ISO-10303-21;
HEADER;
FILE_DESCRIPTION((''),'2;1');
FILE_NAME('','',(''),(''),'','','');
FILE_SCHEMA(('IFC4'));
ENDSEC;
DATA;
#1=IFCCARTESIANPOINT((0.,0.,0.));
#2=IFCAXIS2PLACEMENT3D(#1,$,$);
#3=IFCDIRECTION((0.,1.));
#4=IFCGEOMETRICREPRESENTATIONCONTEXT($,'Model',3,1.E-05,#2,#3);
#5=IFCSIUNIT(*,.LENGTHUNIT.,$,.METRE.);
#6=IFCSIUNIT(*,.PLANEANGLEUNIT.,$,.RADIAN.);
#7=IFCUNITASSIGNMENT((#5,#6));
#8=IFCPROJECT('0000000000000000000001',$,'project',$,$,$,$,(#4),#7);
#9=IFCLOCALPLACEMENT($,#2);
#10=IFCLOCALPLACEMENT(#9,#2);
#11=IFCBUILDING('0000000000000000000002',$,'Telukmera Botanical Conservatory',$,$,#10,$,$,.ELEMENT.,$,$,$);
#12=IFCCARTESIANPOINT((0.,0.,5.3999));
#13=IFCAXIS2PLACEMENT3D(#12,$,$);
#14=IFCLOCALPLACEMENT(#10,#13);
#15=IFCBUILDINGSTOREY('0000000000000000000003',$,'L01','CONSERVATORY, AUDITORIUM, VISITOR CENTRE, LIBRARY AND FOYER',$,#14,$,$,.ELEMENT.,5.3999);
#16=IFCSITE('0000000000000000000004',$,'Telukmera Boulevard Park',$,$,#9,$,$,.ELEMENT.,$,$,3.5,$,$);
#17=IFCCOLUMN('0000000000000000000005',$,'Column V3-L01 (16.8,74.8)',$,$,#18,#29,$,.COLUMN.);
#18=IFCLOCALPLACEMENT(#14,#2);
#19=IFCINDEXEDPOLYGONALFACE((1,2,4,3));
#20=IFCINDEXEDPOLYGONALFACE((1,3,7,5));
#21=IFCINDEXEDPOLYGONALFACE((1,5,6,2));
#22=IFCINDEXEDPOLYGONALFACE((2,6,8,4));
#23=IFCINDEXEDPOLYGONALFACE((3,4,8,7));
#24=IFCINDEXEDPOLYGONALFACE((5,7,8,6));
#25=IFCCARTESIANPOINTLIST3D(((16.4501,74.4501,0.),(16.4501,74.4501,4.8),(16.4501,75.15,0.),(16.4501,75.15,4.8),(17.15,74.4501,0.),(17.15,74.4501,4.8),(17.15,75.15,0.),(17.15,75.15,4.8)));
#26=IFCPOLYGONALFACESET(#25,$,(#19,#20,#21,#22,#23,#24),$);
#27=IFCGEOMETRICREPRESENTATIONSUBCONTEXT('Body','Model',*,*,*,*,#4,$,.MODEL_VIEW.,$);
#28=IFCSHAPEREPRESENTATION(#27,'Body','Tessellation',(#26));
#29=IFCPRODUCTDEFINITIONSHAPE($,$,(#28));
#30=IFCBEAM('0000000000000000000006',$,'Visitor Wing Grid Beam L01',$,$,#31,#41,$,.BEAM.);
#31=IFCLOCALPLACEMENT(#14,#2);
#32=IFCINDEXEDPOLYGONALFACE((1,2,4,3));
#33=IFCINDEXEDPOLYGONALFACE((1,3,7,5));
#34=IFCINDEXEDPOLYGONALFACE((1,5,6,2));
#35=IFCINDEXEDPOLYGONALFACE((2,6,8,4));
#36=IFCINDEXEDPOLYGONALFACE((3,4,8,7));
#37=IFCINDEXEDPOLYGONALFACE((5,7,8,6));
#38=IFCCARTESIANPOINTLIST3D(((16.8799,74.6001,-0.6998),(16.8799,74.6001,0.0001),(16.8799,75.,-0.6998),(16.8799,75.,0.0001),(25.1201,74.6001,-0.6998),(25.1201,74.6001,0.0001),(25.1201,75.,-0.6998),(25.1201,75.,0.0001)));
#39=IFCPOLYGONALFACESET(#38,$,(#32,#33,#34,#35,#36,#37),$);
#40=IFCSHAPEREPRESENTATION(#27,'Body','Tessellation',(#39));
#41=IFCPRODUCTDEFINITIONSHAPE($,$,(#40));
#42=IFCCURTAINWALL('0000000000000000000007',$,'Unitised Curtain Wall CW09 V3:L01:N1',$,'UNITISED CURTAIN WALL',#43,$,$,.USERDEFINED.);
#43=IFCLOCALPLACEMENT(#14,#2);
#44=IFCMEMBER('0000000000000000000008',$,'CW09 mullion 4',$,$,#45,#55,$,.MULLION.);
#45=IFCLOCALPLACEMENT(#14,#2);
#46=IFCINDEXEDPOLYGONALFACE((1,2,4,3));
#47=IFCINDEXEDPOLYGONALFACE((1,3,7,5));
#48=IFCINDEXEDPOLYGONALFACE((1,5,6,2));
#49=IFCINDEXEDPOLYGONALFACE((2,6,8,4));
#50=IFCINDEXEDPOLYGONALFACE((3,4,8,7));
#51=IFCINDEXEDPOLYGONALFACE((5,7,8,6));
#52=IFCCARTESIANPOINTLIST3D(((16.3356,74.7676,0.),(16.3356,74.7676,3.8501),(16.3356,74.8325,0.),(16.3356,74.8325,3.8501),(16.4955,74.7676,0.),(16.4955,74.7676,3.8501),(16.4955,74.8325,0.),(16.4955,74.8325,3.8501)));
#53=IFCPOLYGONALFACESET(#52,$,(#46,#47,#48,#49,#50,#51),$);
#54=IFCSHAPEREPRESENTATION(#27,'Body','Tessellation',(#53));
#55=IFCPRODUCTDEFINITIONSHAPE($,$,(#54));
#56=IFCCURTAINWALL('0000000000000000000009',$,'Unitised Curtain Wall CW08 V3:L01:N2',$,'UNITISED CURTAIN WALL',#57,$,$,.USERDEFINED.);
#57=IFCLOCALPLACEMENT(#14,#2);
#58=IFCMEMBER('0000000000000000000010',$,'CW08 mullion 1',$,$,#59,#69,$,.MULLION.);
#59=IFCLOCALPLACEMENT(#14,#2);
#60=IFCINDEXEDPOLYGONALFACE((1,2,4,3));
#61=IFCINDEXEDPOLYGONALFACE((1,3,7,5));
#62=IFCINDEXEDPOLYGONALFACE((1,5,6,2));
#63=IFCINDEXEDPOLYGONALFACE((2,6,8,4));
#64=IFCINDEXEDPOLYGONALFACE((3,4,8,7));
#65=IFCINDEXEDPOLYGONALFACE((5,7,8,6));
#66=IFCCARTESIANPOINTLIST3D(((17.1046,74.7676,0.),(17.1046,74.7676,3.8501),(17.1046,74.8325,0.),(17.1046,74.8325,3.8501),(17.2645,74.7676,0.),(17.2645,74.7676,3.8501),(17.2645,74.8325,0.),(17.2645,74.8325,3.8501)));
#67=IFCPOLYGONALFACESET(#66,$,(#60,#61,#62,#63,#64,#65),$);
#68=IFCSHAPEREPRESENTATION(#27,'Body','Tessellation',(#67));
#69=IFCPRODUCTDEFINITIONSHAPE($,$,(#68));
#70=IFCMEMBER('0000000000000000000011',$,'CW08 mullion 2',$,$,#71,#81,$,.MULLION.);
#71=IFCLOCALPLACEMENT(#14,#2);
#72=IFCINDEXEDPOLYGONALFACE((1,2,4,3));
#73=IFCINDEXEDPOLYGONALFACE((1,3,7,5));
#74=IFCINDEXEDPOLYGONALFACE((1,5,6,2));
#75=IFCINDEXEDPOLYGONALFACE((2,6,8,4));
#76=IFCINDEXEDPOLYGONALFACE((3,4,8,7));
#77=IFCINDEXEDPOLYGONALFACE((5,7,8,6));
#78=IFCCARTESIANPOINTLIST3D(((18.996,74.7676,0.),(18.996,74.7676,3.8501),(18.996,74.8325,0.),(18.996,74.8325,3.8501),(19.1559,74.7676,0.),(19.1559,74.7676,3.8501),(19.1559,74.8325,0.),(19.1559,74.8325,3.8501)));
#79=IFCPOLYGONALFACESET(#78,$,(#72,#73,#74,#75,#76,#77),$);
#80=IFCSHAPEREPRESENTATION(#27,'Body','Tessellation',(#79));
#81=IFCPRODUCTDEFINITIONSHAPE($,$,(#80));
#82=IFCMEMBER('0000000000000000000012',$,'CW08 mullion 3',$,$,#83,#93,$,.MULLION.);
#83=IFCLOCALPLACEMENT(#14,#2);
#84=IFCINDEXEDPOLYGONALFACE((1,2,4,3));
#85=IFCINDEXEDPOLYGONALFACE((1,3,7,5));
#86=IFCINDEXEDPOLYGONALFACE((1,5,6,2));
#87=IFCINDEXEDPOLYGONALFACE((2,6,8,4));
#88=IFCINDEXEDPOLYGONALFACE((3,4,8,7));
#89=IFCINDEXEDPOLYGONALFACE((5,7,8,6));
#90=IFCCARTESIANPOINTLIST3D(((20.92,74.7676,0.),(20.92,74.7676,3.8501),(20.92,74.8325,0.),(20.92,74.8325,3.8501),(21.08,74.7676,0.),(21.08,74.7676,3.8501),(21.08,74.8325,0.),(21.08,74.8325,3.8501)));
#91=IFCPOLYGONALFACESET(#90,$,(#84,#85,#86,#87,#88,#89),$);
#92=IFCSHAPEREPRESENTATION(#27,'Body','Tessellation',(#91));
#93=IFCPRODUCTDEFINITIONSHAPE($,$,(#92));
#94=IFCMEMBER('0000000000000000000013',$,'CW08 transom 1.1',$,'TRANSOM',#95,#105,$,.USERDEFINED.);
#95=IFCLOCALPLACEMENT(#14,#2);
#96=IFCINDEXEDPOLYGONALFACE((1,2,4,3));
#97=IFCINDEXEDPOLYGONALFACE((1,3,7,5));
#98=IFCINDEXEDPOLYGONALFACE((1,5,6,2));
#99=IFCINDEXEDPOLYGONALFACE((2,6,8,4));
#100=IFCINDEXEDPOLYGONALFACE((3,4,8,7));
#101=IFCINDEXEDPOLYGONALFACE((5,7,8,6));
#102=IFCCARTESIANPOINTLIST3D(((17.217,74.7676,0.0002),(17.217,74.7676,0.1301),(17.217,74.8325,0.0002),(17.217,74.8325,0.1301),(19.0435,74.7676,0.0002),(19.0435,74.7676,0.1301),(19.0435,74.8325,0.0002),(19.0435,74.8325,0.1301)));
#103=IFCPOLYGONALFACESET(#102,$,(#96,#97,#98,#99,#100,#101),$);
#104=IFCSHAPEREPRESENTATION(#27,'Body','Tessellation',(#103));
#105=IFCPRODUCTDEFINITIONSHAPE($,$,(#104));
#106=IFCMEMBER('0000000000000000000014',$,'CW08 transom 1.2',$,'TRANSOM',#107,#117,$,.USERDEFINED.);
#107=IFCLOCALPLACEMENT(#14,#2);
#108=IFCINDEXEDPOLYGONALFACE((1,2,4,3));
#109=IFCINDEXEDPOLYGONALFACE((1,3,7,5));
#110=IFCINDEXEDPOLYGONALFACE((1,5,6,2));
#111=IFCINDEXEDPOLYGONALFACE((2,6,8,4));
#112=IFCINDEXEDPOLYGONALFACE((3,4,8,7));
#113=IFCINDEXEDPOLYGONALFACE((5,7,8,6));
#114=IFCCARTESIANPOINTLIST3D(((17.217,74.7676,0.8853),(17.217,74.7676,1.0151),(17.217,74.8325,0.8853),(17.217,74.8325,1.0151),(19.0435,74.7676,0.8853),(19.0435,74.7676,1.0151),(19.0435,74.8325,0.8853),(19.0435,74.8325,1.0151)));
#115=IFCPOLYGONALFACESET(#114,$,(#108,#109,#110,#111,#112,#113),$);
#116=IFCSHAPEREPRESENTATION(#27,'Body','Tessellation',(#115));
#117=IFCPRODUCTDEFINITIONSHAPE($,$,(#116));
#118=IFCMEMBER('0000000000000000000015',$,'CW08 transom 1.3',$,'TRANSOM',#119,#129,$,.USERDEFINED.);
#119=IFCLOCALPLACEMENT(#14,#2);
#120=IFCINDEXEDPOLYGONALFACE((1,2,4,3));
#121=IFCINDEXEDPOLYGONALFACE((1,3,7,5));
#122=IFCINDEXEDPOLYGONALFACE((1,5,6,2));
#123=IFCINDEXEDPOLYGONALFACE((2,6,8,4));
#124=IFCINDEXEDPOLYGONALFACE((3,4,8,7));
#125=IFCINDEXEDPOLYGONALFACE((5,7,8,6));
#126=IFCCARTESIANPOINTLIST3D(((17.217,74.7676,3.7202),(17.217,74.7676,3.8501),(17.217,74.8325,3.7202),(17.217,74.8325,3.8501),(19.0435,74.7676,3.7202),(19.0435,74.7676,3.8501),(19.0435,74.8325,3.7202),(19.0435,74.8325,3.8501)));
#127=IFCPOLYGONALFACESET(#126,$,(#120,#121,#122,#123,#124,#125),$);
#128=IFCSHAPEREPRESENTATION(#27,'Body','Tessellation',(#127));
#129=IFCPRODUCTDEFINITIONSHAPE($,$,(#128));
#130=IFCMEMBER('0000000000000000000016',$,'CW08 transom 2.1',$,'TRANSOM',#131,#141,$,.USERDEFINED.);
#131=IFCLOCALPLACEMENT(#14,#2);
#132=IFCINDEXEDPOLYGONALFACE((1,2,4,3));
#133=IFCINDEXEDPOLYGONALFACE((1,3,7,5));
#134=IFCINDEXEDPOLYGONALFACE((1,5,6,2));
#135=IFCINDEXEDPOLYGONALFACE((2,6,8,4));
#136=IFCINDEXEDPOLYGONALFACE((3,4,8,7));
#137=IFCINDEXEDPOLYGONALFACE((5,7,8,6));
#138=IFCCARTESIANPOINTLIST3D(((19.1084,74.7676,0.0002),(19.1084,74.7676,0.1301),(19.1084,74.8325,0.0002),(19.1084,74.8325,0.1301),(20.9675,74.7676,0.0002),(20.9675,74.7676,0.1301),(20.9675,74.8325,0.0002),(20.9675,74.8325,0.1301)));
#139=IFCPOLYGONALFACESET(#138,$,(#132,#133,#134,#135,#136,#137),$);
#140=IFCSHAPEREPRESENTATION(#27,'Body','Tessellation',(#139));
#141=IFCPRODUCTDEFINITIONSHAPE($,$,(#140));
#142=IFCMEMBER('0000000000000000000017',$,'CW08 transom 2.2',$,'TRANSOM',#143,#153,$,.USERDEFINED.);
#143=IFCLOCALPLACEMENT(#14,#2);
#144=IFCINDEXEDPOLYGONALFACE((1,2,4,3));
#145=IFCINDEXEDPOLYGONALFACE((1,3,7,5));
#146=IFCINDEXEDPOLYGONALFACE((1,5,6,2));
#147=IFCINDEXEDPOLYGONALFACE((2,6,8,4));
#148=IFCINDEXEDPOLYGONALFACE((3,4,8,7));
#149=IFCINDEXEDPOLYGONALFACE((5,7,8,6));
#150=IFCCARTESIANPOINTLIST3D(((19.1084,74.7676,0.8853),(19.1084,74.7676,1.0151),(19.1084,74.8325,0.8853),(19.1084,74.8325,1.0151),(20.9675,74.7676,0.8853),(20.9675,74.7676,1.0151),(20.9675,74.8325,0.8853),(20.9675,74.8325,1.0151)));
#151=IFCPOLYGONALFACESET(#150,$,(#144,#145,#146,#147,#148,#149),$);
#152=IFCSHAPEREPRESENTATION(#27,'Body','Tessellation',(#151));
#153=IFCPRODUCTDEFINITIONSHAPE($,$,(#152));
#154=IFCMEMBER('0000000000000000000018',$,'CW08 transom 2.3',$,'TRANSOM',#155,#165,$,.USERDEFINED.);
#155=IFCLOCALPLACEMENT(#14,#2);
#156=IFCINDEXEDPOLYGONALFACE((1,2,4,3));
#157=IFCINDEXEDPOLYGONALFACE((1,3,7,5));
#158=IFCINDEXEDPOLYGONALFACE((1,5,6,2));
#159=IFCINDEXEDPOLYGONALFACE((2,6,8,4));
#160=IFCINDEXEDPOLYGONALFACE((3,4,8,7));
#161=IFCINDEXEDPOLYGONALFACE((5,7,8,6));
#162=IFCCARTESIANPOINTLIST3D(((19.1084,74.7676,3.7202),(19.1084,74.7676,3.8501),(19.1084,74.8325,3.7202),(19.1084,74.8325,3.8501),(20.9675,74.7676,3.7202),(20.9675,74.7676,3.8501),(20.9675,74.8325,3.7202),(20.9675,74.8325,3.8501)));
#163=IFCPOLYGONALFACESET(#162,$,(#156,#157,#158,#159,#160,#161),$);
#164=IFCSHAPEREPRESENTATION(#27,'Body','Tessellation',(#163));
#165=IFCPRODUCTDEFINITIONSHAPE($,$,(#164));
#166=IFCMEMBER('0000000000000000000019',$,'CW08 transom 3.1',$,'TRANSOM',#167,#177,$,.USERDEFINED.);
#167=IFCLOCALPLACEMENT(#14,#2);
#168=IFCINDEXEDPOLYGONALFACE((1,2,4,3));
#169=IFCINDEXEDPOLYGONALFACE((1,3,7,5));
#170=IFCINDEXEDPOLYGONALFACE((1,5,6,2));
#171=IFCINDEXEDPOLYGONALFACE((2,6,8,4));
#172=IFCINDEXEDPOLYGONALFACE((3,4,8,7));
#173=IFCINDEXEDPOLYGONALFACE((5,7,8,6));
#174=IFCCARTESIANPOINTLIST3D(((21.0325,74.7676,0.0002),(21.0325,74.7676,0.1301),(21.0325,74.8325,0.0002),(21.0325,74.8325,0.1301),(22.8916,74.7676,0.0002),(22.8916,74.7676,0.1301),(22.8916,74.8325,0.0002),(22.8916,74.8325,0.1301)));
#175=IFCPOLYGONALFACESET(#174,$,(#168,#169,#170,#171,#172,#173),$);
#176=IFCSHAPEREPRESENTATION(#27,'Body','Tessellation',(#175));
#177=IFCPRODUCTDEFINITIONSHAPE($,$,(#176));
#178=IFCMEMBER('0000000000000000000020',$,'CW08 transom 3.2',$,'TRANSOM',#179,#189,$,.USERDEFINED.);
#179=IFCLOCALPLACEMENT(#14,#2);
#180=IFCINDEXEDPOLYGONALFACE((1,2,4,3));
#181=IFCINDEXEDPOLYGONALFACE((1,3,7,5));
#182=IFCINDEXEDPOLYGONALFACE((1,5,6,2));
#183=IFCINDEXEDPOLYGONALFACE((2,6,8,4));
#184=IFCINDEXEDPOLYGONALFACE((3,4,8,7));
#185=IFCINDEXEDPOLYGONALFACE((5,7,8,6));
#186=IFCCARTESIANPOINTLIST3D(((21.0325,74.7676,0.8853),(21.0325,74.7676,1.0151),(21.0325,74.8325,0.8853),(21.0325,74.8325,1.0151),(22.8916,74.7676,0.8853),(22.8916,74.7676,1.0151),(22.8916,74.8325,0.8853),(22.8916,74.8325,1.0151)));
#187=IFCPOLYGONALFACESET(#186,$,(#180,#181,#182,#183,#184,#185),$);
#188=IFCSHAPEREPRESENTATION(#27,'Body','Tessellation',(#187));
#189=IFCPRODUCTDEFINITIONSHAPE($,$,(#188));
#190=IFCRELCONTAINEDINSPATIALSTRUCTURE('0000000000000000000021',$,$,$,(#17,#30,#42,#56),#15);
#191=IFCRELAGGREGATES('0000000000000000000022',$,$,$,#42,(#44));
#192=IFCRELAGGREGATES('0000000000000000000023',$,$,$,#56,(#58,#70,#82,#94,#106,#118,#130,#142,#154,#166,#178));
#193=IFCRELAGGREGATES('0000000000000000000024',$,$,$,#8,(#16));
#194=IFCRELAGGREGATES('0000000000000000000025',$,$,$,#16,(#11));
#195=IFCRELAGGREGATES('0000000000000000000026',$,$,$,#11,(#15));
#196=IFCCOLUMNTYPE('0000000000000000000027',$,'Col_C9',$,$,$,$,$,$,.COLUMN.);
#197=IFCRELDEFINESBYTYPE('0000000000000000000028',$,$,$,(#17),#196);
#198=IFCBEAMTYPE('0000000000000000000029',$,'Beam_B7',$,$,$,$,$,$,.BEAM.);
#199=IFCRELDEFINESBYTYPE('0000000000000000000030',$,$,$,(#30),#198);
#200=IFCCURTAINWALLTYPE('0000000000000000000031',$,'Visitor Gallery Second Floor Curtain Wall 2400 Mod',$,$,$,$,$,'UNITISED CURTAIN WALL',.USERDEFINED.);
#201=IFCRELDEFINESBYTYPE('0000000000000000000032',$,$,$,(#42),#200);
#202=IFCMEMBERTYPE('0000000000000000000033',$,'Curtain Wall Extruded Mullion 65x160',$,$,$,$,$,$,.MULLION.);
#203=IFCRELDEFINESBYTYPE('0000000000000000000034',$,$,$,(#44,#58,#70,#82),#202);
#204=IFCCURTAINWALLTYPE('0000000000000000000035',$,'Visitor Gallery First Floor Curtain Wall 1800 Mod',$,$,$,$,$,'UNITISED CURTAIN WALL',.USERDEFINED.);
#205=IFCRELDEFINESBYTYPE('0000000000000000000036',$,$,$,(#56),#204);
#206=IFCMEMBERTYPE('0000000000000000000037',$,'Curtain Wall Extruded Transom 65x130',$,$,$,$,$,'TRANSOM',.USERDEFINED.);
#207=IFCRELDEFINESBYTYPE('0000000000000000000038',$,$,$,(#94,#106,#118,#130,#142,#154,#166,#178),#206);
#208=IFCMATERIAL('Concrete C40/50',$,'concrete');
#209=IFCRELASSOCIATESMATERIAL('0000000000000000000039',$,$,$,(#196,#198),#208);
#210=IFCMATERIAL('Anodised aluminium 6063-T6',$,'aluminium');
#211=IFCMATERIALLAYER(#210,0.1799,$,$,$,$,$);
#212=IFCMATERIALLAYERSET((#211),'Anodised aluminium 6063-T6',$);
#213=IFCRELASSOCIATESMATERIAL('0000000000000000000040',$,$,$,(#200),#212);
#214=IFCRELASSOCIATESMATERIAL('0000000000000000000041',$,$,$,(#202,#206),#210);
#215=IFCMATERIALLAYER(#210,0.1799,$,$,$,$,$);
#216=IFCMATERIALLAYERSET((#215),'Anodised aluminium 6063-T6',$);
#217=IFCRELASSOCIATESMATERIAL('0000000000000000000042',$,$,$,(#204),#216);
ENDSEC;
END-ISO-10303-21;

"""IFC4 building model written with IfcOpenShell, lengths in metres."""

from ifc_helpers import new_model, si_unit, direction, frame, origin, origin_2d, place, context, subcontext, project, spatial, rectangle, extrude, material, layer, layer_set, material_profile, profile_set, type_object, element, aggregate, save


model = new_model("IFC4")

# Units and contexts
model_context = context("Model", 3, precision=1e-05, world=origin(), true_north=direction((0.0, 1.0)))
body_context = subcontext(model_context, "Body", "Model", "MODEL_VIEW")
ifc_project = project(units=[si_unit("LENGTHUNIT", "METRE"), si_unit("PLANEANGLEUNIT", "RADIAN")], contexts=[model_context])

# Site, building, storey
site_placement = place(None, origin())
site = spatial("IfcSite", under=ifc_project, at=site_placement, Name="Telukmera Boulevard Park", CompositionType="ELEMENT", RefElevation=3.5)
building_placement = place(site_placement, origin())
building = spatial("IfcBuilding", under=site, at=building_placement, Name="Telukmera Botanical Conservatory", CompositionType="ELEMENT")
storey_placement = place(building_placement, frame((0.0, 0.0, 5.3999)))
storey = spatial("IfcBuildingStorey", under=building, at=storey_placement, Name="L01", Description="CONSERVATORY, AUDITORIUM, VISITOR CENTRE, LIBRARY AND FOYER", CompositionType="ELEMENT", Elevation=5.3999)

# Column
ifc_material_1 = material(Name="Concrete C40/50", Category="concrete")
ifc_material_profile_1 = material_profile(ifc_material_1, rectangle(XDim=0.7, YDim=0.7, at=origin_2d()), Name="RC 700x700")
ifc_profile_set_1 = profile_set([ifc_material_profile_1], Name="Concrete C40/50")
column_type = type_object("IfcColumnType", Name="Col_C9", PredefinedType="COLUMN", material=ifc_profile_set_1)
column_placement = place(storey_placement, frame((16.8, 74.8, 0.0), z_axis=(0.0, 0.0, 1.0), x_axis=(1.0, 0.0, 0.0)))
element("IfcColumn", 1, at=column_placement, inside=storey, type_object=column_type, Name="Column V3-L01 (16.8,74.8)", PredefinedType="COLUMN", context=body_context, shape_type="SweptSolid", body=[
    extrude(rectangle(XDim=0.7, YDim=0.7, at=origin_2d()), origin(), (0.0, 0.0, 1.0), 4.8),
])

# Beam
ifc_material_profile_2 = material_profile(ifc_material_1, rectangle(XDim=0.3999, YDim=0.7, at=origin_2d()), Name="RC 400x700")
ifc_profile_set_2 = profile_set([ifc_material_profile_2], Name="Concrete C40/50")
beam_type = type_object("IfcBeamType", Name="Beam_B7", PredefinedType="BEAM", material=ifc_profile_set_2)
beam_placement = place(storey_placement, frame((16.8799, 74.8, -0.3499), z_axis=(1.0, 0.0, 0.0), x_axis=(0.0, 1.0, 0.0)))
element("IfcBeam", 2, at=beam_placement, inside=storey, type_object=beam_type, Name="Visitor Wing Grid Beam L01", PredefinedType="BEAM", context=body_context, shape_type="SweptSolid", body=[
    extrude(rectangle(XDim=0.3999, YDim=0.7, at=origin_2d()), origin(), (0.0, 0.0, 1.0), 8.2402),
])

# Curtain wall, member
ifc_material_2 = material(Name="Anodised aluminium 6063-T6", Category="aluminium")
ifc_layer_1 = layer(ifc_material_2, 0.1799)
ifc_layer_set_1 = layer_set([ifc_layer_1], Name="Anodised aluminium 6063-T6")
curtain_wall_type_1 = type_object("IfcCurtainWallType", Name="Visitor Gallery Second Floor Curtain Wall 2400 Mod", ElementType="UNITISED CURTAIN WALL", PredefinedType="USERDEFINED", material=ifc_layer_set_1)
curtain_wall_1_placement = place(storey_placement, origin())
curtain_wall_1 = element("IfcCurtainWall", 3, at=curtain_wall_1_placement, inside=storey, type_object=curtain_wall_type_1, Name="Unitised Curtain Wall CW09 V3:L01:N1", ObjectType="UNITISED CURTAIN WALL", PredefinedType="USERDEFINED")
ifc_material_profile_3 = material_profile(ifc_material_2, rectangle(XDim=0.0649, YDim=0.1599, at=origin_2d()), Name="ALU MULL 65x160")
ifc_profile_set_3 = profile_set([ifc_material_profile_3], Name="Anodised aluminium 6063-T6")
member_type_1 = type_object("IfcMemberType", Name="Curtain Wall Extruded Mullion 65x160", PredefinedType="MULLION", material=ifc_profile_set_3)
member_1_placement = place(storey_placement, frame((16.4155, 74.8, 0.0), z_axis=(0.0, 0.0, 1.0), x_axis=(0.0, 1.0, 0.0)))
member_1 = element("IfcMember", 4, at=member_1_placement, type_object=member_type_1, Name="CW09 mullion 4", PredefinedType="MULLION", context=body_context, shape_type="SweptSolid", body=[
    extrude(rectangle(XDim=0.0649, YDim=0.1599, at=origin_2d()), origin(), (0.0, 0.0, 1.0), 3.8501),
])
aggregate(curtain_wall_1, [member_1])

# Curtain wall, members
ifc_layer_2 = layer(ifc_material_2, 0.1799)
ifc_layer_set_2 = layer_set([ifc_layer_2], Name="Anodised aluminium 6063-T6")
curtain_wall_type_2 = type_object("IfcCurtainWallType", Name="Visitor Gallery First Floor Curtain Wall 1800 Mod", ElementType="UNITISED CURTAIN WALL", PredefinedType="USERDEFINED", material=ifc_layer_set_2)
curtain_wall_2_placement = place(storey_placement, origin())
curtain_wall_2 = element("IfcCurtainWall", 5, at=curtain_wall_2_placement, inside=storey, type_object=curtain_wall_type_2, Name="Unitised Curtain Wall CW08 V3:L01:N2", ObjectType="UNITISED CURTAIN WALL", PredefinedType="USERDEFINED")
member_2_placement = place(storey_placement, frame((17.1846, 74.8, 0.0), z_axis=(0.0, 0.0, 1.0), x_axis=(0.0, 1.0, 0.0)))
member_2 = element("IfcMember", 6, at=member_2_placement, type_object=member_type_1, Name="CW08 mullion 1", PredefinedType="MULLION", context=body_context, shape_type="SweptSolid", body=[
    extrude(rectangle(XDim=0.0649, YDim=0.1599, at=origin_2d()), origin(), (0.0, 0.0, 1.0), 3.8501),
])
member_3_placement = place(storey_placement, frame((19.0759, 74.8, 0.0), z_axis=(0.0, 0.0, 1.0), x_axis=(0.0, 1.0, 0.0)))
member_3 = element("IfcMember", 7, at=member_3_placement, type_object=member_type_1, Name="CW08 mullion 2", PredefinedType="MULLION", context=body_context, shape_type="SweptSolid", body=[
    extrude(rectangle(XDim=0.0649, YDim=0.1599, at=origin_2d()), origin(), (0.0, 0.0, 1.0), 3.8501),
])
member_4_placement = place(storey_placement, frame((21.0, 74.8, 0.0), z_axis=(0.0, 0.0, 1.0), x_axis=(0.0, 1.0, 0.0)))
member_4 = element("IfcMember", 8, at=member_4_placement, type_object=member_type_1, Name="CW08 mullion 3", PredefinedType="MULLION", context=body_context, shape_type="SweptSolid", body=[
    extrude(rectangle(XDim=0.0649, YDim=0.1599, at=origin_2d()), origin(), (0.0, 0.0, 1.0), 3.8501),
])
ifc_material_profile_4 = material_profile(ifc_material_2, rectangle(XDim=0.0649, YDim=0.1299, at=origin_2d()), Name="ALU TRAN 65x130")
ifc_profile_set_4 = profile_set([ifc_material_profile_4], Name="Anodised aluminium 6063-T6")
member_type_2 = type_object("IfcMemberType", Name="Curtain Wall Extruded Transom 65x130", ElementType="TRANSOM", PredefinedType="USERDEFINED", material=ifc_profile_set_4)
member_5_placement = place(storey_placement, frame((17.217, 74.8, 0.0652), z_axis=(1.0, 0.0, 0.0), x_axis=(0.0, 1.0, 0.0)))
member_5 = element("IfcMember", 9, at=member_5_placement, type_object=member_type_2, Name="CW08 transom 1.1", ObjectType="TRANSOM", PredefinedType="USERDEFINED", context=body_context, shape_type="SweptSolid", body=[
    extrude(rectangle(XDim=0.0649, YDim=0.1299, at=origin_2d()), origin(), (0.0, 0.0, 1.0), 1.8264),
])
member_6_placement = place(storey_placement, frame((17.217, 74.8, 0.9502), z_axis=(1.0, 0.0, 0.0), x_axis=(0.0, 1.0, 0.0)))
member_6 = element("IfcMember", 10, at=member_6_placement, type_object=member_type_2, Name="CW08 transom 1.2", ObjectType="TRANSOM", PredefinedType="USERDEFINED", context=body_context, shape_type="SweptSolid", body=[
    extrude(rectangle(XDim=0.0649, YDim=0.1299, at=origin_2d()), origin(), (0.0, 0.0, 1.0), 1.8264),
])
member_7_placement = place(storey_placement, frame((17.217, 74.8, 3.7852), z_axis=(1.0, 0.0, 0.0), x_axis=(0.0, 1.0, 0.0)))
member_7 = element("IfcMember", 11, at=member_7_placement, type_object=member_type_2, Name="CW08 transom 1.3", ObjectType="TRANSOM", PredefinedType="USERDEFINED", context=body_context, shape_type="SweptSolid", body=[
    extrude(rectangle(XDim=0.0649, YDim=0.1299, at=origin_2d()), origin(), (0.0, 0.0, 1.0), 1.8264),
])
member_8_placement = place(storey_placement, frame((19.1084, 74.8, 0.0652), z_axis=(1.0, 0.0, 0.0), x_axis=(0.0, 1.0, 0.0)))
member_8 = element("IfcMember", 12, at=member_8_placement, type_object=member_type_2, Name="CW08 transom 2.1", ObjectType="TRANSOM", PredefinedType="USERDEFINED", context=body_context, shape_type="SweptSolid", body=[
    extrude(rectangle(XDim=0.0649, YDim=0.1299, at=origin_2d()), origin(), (0.0, 0.0, 1.0), 1.8591),
])
member_9_placement = place(storey_placement, frame((19.1084, 74.8, 0.9502), z_axis=(1.0, 0.0, 0.0), x_axis=(0.0, 1.0, 0.0)))
member_9 = element("IfcMember", 13, at=member_9_placement, type_object=member_type_2, Name="CW08 transom 2.2", ObjectType="TRANSOM", PredefinedType="USERDEFINED", context=body_context, shape_type="SweptSolid", body=[
    extrude(rectangle(XDim=0.0649, YDim=0.1299, at=origin_2d()), origin(), (0.0, 0.0, 1.0), 1.8591),
])
member_10_placement = place(storey_placement, frame((19.1084, 74.8, 3.7852), z_axis=(1.0, 0.0, 0.0), x_axis=(0.0, 1.0, 0.0)))
member_10 = element("IfcMember", 14, at=member_10_placement, type_object=member_type_2, Name="CW08 transom 2.3", ObjectType="TRANSOM", PredefinedType="USERDEFINED", context=body_context, shape_type="SweptSolid", body=[
    extrude(rectangle(XDim=0.0649, YDim=0.1299, at=origin_2d()), origin(), (0.0, 0.0, 1.0), 1.8591),
])
member_11_placement = place(storey_placement, frame((21.0325, 74.8, 0.0652), z_axis=(1.0, 0.0, 0.0), x_axis=(0.0, 1.0, 0.0)))
member_11 = element("IfcMember", 15, at=member_11_placement, type_object=member_type_2, Name="CW08 transom 3.1", ObjectType="TRANSOM", PredefinedType="USERDEFINED", context=body_context, shape_type="SweptSolid", body=[
    extrude(rectangle(XDim=0.0649, YDim=0.1299, at=origin_2d()), origin(), (0.0, 0.0, 1.0), 1.8591),
])
member_12_placement = place(storey_placement, frame((21.0325, 74.8, 0.9502), z_axis=(1.0, 0.0, 0.0), x_axis=(0.0, 1.0, 0.0)))
member_12 = element("IfcMember", 16, at=member_12_placement, type_object=member_type_2, Name="CW08 transom 3.2", ObjectType="TRANSOM", PredefinedType="USERDEFINED", context=body_context, shape_type="SweptSolid", body=[
    extrude(rectangle(XDim=0.0649, YDim=0.1299, at=origin_2d()), origin(), (0.0, 0.0, 1.0), 1.8591),
])
aggregate(curtain_wall_2, [member_2, member_3, member_4, member_5, member_6, member_7, member_8, member_9, member_10, member_11, member_12])

save(model, "model.ifc")
